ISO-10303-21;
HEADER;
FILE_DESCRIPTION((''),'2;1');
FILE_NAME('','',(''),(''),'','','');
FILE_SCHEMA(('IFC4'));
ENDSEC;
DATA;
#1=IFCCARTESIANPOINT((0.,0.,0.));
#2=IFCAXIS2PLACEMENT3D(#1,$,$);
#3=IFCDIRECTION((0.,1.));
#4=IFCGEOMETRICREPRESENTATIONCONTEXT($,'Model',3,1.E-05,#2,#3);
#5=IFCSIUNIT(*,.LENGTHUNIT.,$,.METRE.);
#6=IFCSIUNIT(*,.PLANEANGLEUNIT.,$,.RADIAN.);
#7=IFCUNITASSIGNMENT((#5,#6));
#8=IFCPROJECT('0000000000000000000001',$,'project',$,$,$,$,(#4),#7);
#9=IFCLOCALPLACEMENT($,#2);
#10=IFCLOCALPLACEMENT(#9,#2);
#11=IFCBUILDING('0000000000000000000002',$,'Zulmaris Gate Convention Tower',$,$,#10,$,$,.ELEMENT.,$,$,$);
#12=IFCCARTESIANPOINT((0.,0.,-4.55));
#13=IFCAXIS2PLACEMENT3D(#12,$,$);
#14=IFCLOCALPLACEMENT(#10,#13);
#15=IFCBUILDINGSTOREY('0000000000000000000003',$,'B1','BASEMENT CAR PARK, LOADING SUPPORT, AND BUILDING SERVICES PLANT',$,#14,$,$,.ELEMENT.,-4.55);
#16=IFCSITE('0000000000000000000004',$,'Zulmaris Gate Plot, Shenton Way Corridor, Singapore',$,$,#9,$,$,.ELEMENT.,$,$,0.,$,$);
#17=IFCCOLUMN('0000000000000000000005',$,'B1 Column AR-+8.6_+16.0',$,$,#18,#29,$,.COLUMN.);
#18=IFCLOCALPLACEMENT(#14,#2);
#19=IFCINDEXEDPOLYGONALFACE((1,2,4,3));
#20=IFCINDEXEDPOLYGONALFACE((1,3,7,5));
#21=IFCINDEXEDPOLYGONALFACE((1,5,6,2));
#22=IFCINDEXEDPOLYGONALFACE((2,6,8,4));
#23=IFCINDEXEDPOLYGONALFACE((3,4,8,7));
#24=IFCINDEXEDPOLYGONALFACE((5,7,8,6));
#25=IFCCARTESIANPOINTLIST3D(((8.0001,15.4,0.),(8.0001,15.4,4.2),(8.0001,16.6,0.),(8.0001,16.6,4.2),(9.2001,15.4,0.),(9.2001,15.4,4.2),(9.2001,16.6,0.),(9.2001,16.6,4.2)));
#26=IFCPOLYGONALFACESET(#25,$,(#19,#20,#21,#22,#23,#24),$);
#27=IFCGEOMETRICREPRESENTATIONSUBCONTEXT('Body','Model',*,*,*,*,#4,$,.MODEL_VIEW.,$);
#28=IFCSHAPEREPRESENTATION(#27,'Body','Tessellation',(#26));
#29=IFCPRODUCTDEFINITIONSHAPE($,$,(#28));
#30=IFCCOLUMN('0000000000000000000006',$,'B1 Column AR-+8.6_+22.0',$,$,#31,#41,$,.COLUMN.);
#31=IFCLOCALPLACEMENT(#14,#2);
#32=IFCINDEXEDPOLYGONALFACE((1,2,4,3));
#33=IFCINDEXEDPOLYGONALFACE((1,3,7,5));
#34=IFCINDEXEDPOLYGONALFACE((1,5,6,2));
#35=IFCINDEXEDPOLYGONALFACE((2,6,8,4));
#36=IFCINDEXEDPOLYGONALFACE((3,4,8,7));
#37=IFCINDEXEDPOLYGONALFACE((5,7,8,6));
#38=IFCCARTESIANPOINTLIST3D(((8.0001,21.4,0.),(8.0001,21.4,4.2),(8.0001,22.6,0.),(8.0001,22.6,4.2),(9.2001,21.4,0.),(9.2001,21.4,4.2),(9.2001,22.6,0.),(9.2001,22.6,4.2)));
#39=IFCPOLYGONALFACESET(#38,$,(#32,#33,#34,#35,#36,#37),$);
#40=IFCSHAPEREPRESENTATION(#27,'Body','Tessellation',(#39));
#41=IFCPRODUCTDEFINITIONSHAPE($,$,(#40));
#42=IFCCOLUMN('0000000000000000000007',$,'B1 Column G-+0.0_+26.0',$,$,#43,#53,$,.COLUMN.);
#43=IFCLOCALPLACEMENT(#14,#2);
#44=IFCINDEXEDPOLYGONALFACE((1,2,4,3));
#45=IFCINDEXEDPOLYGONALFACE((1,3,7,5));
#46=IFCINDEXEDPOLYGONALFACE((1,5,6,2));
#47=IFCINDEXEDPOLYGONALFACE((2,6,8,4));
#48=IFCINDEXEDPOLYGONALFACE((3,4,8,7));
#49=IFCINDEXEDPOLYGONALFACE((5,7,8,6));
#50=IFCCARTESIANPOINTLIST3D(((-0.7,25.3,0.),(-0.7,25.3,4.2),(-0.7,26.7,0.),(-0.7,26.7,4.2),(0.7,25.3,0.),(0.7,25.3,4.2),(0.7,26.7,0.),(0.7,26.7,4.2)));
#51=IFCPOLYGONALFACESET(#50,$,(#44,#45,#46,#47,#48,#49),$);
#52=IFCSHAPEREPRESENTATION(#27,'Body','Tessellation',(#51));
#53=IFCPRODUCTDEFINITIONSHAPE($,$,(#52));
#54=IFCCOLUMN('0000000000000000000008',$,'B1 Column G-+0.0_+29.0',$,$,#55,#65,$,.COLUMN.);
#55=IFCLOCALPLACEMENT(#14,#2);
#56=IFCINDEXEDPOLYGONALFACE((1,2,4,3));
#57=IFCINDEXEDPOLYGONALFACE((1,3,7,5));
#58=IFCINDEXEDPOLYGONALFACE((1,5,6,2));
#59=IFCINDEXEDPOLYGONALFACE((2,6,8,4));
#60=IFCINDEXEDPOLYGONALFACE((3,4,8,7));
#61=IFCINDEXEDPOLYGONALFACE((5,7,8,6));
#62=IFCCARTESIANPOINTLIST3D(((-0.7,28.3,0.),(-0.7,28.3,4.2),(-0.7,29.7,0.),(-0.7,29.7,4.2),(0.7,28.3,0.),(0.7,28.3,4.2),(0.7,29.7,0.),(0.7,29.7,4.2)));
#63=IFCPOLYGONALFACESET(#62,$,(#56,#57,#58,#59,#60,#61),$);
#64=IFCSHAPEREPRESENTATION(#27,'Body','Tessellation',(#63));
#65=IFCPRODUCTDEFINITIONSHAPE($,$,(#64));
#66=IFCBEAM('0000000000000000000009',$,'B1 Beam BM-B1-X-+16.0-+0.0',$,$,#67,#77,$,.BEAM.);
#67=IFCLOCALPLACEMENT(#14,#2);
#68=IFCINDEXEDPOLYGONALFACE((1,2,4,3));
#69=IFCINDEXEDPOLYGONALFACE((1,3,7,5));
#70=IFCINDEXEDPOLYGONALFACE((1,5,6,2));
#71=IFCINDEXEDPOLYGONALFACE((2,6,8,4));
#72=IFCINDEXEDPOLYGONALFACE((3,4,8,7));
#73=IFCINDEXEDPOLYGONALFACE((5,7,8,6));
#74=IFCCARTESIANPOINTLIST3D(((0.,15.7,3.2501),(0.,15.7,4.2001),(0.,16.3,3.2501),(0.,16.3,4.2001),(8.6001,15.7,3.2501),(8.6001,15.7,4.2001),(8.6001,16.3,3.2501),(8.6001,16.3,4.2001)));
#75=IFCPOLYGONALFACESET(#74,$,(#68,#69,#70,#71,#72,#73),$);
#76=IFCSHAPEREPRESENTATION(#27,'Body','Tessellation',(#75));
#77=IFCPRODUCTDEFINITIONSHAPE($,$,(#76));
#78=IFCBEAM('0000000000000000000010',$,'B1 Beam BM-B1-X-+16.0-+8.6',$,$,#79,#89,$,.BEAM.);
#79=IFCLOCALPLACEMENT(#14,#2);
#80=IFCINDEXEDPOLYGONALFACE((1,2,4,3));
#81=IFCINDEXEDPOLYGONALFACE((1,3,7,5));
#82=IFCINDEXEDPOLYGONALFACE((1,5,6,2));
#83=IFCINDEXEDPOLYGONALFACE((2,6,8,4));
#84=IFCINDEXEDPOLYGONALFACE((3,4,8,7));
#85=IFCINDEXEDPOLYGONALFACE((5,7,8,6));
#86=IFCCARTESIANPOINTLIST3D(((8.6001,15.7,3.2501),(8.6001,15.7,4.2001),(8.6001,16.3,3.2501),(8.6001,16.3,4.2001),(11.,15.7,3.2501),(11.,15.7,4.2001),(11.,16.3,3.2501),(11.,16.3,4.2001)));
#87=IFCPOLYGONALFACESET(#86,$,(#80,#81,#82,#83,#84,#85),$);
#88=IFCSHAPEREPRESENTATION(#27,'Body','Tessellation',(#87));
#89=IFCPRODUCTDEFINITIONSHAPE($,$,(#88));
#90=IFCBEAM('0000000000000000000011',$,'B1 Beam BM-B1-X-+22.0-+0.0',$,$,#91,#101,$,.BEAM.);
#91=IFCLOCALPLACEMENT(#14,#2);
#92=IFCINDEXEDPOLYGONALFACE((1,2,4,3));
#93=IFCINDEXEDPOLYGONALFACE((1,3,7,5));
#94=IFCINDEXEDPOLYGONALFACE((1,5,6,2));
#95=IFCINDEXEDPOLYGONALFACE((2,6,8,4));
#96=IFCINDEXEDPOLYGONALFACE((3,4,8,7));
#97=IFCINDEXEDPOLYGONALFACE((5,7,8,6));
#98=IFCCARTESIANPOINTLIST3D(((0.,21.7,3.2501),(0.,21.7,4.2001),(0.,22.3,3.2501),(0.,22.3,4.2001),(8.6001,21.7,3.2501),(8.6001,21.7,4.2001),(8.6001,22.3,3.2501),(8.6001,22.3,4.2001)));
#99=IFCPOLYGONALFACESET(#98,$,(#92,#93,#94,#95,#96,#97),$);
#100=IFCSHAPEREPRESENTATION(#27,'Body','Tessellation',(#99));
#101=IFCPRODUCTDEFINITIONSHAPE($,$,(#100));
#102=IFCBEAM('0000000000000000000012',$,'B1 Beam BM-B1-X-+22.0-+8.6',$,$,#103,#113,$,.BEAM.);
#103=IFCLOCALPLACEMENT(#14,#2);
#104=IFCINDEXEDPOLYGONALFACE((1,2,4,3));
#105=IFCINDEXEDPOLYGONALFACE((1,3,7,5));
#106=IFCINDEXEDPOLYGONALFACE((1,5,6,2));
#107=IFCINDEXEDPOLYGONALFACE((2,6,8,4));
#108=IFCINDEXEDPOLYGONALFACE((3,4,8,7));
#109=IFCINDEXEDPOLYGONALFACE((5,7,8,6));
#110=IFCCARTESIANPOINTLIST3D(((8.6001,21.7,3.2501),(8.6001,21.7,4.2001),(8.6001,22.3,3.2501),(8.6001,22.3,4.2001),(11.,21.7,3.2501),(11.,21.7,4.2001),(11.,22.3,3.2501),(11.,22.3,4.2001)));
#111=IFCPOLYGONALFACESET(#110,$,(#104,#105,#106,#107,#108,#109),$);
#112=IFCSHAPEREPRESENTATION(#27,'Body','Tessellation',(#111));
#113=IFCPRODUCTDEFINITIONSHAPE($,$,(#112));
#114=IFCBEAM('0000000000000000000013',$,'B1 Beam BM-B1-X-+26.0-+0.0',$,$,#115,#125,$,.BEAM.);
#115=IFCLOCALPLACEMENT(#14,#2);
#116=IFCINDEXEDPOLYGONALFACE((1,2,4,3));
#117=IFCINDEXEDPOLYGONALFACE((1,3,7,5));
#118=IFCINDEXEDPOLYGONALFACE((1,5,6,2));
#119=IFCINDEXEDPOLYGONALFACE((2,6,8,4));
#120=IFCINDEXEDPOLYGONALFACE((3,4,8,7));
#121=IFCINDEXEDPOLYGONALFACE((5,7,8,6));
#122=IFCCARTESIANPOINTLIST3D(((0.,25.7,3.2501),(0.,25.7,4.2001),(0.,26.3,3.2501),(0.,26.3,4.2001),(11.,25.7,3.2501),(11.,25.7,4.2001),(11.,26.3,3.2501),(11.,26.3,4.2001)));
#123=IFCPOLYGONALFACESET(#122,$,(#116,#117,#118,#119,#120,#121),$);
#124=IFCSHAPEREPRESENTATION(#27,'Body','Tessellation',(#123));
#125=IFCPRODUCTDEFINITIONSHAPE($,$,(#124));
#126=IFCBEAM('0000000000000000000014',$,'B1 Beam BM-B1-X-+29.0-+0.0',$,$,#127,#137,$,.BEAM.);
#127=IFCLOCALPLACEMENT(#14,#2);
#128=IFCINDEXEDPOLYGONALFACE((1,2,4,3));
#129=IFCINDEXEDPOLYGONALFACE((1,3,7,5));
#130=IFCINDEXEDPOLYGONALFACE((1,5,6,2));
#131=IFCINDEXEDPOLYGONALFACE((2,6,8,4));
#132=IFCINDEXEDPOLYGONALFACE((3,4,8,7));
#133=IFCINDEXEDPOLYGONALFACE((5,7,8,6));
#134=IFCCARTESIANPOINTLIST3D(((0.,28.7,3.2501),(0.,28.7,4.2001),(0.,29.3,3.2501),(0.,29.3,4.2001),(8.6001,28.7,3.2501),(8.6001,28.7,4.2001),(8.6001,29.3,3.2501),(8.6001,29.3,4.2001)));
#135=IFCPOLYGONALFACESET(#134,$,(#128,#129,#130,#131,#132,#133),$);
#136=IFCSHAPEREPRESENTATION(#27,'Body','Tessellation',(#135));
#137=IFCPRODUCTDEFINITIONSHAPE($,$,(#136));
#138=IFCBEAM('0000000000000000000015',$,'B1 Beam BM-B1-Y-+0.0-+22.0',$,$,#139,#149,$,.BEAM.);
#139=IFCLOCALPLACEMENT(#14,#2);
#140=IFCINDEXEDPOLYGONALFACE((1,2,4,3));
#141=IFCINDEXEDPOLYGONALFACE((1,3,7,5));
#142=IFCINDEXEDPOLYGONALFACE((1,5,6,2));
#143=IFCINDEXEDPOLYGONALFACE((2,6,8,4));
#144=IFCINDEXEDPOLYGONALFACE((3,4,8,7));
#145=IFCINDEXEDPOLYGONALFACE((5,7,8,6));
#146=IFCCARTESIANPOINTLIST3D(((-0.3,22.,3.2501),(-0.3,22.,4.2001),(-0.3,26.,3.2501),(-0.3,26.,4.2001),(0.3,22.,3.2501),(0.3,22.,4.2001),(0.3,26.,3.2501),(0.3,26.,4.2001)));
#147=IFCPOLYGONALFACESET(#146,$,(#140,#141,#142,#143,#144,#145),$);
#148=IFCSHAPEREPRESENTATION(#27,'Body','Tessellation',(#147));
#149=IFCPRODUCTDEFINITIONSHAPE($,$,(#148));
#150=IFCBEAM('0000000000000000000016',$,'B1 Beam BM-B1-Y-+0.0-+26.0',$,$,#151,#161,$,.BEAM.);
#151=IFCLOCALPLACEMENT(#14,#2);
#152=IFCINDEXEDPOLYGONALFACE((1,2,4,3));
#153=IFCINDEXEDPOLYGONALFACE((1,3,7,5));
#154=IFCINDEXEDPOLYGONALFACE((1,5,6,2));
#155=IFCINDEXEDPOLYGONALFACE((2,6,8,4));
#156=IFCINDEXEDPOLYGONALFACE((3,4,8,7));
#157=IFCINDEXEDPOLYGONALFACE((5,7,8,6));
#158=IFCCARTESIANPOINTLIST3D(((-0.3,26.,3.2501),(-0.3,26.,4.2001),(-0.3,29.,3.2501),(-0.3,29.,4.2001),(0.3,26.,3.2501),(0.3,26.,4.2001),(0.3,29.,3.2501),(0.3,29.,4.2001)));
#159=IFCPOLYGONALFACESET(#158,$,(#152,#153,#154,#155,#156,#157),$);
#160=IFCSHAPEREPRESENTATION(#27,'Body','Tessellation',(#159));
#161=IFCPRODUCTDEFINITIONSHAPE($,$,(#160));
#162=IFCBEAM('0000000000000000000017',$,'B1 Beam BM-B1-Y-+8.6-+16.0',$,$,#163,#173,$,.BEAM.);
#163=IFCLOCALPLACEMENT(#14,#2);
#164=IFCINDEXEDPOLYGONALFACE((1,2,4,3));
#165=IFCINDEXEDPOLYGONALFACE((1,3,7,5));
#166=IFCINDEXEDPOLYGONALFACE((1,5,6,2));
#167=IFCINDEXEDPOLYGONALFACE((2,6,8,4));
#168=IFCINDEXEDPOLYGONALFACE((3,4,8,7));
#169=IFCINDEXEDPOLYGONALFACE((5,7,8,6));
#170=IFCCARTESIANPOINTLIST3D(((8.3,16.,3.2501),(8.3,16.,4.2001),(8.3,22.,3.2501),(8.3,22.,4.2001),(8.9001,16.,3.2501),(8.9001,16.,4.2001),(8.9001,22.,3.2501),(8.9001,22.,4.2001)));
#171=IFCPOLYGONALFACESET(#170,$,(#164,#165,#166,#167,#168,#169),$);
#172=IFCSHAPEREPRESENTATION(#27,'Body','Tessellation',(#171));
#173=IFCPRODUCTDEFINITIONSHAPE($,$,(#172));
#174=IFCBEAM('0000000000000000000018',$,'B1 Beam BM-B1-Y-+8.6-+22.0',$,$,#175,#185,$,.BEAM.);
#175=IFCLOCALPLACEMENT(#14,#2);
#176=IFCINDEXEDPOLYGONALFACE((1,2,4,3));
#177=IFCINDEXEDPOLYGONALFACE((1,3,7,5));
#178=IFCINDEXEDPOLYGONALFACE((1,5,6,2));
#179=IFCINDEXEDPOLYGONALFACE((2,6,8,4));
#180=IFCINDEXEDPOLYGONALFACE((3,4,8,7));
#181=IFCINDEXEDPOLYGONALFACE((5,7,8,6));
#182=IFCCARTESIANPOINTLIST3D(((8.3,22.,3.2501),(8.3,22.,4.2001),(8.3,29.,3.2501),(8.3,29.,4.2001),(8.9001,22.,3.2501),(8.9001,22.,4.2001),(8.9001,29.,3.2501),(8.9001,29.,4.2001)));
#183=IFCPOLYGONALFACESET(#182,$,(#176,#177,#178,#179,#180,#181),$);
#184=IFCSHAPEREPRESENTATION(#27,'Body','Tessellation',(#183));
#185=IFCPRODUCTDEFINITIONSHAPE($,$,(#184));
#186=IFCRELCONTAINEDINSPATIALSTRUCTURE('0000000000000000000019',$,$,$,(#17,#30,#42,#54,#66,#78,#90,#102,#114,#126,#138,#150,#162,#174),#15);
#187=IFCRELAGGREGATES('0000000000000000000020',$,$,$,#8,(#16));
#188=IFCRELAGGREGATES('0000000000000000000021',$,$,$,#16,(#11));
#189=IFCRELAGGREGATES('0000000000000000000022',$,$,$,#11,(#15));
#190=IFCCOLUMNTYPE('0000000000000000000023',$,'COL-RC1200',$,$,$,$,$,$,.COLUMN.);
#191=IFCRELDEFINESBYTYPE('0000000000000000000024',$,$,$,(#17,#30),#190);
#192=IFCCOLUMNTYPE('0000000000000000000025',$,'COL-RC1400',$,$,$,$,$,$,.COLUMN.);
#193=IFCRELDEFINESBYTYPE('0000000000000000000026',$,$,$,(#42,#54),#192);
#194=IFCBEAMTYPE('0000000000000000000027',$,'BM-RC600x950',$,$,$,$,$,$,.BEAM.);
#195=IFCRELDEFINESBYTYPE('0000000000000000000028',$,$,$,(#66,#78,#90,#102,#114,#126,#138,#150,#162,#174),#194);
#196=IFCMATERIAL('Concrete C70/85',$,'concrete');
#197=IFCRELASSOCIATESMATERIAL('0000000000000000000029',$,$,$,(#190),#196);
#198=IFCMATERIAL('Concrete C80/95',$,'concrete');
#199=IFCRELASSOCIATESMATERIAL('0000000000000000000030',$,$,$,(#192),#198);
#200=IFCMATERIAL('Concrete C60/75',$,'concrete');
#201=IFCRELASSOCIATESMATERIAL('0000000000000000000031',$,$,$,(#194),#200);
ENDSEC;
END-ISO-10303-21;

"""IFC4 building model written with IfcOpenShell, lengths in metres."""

from ifc_helpers import new_model, si_unit, direction, frame, origin, origin_2d, place, context, subcontext, project, spatial, rectangle, extrude, material, material_profile, profile_set, type_object, element, save


model = new_model("IFC4")

# Units and contexts
model_context = context("Model", 3, precision=1e-05, world=origin(), true_north=direction((0.0, 1.0)))
body_context = subcontext(model_context, "Body", "Model", "MODEL_VIEW")
ifc_project = project(units=[si_unit("LENGTHUNIT", "METRE"), si_unit("PLANEANGLEUNIT", "RADIAN")], contexts=[model_context])

# Site, building, storey
site_placement = place(None, origin())
site = spatial("IfcSite", under=ifc_project, at=site_placement, Name="Zulmaris Gate Plot, Shenton Way Corridor, Singapore", CompositionType="ELEMENT", RefElevation=0.0)
building_placement = place(site_placement, origin())
building = spatial("IfcBuilding", under=site, at=building_placement, Name="Zulmaris Gate Convention Tower", CompositionType="ELEMENT")
storey_placement = place(building_placement, frame((0.0, 0.0, -4.55)))
storey = spatial("IfcBuildingStorey", under=building, at=storey_placement, Name="B1", Description="BASEMENT CAR PARK, LOADING SUPPORT, AND BUILDING SERVICES PLANT", CompositionType="ELEMENT", Elevation=-4.55)

# Columns
ifc_material_1 = material(Name="Concrete C70/85", Category="concrete")
ifc_material_profile_1 = material_profile(ifc_material_1, rectangle(XDim=1.2, YDim=1.2, at=origin_2d()), Name="RC COL 1200x1200")
ifc_profile_set_1 = profile_set([ifc_material_profile_1], Name="Concrete C70/85")
column_type_1 = type_object("IfcColumnType", Name="COL-RC1200", PredefinedType="COLUMN", material=ifc_profile_set_1)
for number, where, z_axis, x_axis, name in (
    (1, (8.6001, 16.0, 0.0), (0.0, 0.0, 1.0), (1.0, 0.0, 0.0), "B1 Column AR-+8.6_+16.0"),
    (2, (8.6001, 22.0, 0.0), (0.0, 0.0, 1.0), (1.0, 0.0, 0.0), "B1 Column AR-+8.6_+22.0"),
):
    element("IfcColumn", number, at=place(storey_placement, frame(where, z_axis=z_axis, x_axis=x_axis)), inside=storey, type_object=column_type_1, Name=name, PredefinedType="COLUMN", context=body_context, shape_type="SweptSolid", body=[
        extrude(rectangle(XDim=1.2, YDim=1.2, at=origin_2d()), origin(), (0.0, 0.0, 1.0), 4.2),
    ])
ifc_material_2 = material(Name="Concrete C80/95", Category="concrete")
ifc_material_profile_2 = material_profile(ifc_material_2, rectangle(XDim=1.3999, YDim=1.3999, at=origin_2d()), Name="RC COL 1400x1400")
ifc_profile_set_2 = profile_set([ifc_material_profile_2], Name="Concrete C80/95")
column_type_2 = type_object("IfcColumnType", Name="COL-RC1400", PredefinedType="COLUMN", material=ifc_profile_set_2)
for number, where, z_axis, x_axis, name in (
    (3, (0.0, 26.0, 0.0), (0.0, 0.0, 1.0), (1.0, 0.0, 0.0), "B1 Column G-+0.0_+26.0"),
    (4, (0.0, 29.0, 0.0), (0.0, 0.0, 1.0), (1.0, 0.0, 0.0), "B1 Column G-+0.0_+29.0"),
):
    element("IfcColumn", number, at=place(storey_placement, frame(where, z_axis=z_axis, x_axis=x_axis)), inside=storey, type_object=column_type_2, Name=name, PredefinedType="COLUMN", context=body_context, shape_type="SweptSolid", body=[
        extrude(rectangle(XDim=1.3999, YDim=1.3999, at=origin_2d()), origin(), (0.0, 0.0, 1.0), 4.2),
    ])

# Beams
ifc_material_3 = material(Name="Concrete C60/75", Category="concrete")
ifc_material_profile_3 = material_profile(ifc_material_3, rectangle(XDim=0.6001, YDim=0.95, at=origin_2d()), Name="RC BEAM 600x950")
ifc_profile_set_3 = profile_set([ifc_material_profile_3], Name="Concrete C60/75")
beam_type_1 = type_object("IfcBeamType", Name="BM-RC600x950", PredefinedType="BEAM", material=ifc_profile_set_3)
beam_1_placement = place(storey_placement, frame((0.0, 16.0, 3.7251), z_axis=(1.0, 0.0, 0.0), x_axis=(0.0, 1.0, 0.0)))
element("IfcBeam", 5, at=beam_1_placement, inside=storey, type_object=beam_type_1, Name="B1 Beam BM-B1-X-+16.0-+0.0", PredefinedType="BEAM", context=body_context, shape_type="SweptSolid", body=[
    extrude(rectangle(XDim=0.6001, YDim=0.95, at=origin_2d()), origin(), (0.0, 0.0, 1.0), 8.6001),
])
beam_2_placement = place(storey_placement, frame((8.6001, 16.0, 3.7251), z_axis=(1.0, 0.0, 0.0), x_axis=(0.0, 1.0, 0.0)))
element("IfcBeam", 6, at=beam_2_placement, inside=storey, type_object=beam_type_1, Name="B1 Beam BM-B1-X-+16.0-+8.6", PredefinedType="BEAM", context=body_context, shape_type="SweptSolid", body=[
    extrude(rectangle(XDim=0.6001, YDim=0.95, at=origin_2d()), origin(), (0.0, 0.0, 1.0), 2.3999),
])
beam_3_placement = place(storey_placement, frame((0.0, 22.0, 3.7251), z_axis=(1.0, 0.0, 0.0), x_axis=(0.0, 1.0, 0.0)))
element("IfcBeam", 7, at=beam_3_placement, inside=storey, type_object=beam_type_1, Name="B1 Beam BM-B1-X-+22.0-+0.0", PredefinedType="BEAM", context=body_context, shape_type="SweptSolid", body=[
    extrude(rectangle(XDim=0.6001, YDim=0.95, at=origin_2d()), origin(), (0.0, 0.0, 1.0), 8.6001),
])
beam_4_placement = place(storey_placement, frame((8.6001, 22.0, 3.7251), z_axis=(1.0, 0.0, 0.0), x_axis=(0.0, 1.0, 0.0)))
element("IfcBeam", 8, at=beam_4_placement, inside=storey, type_object=beam_type_1, Name="B1 Beam BM-B1-X-+22.0-+8.6", PredefinedType="BEAM", context=body_context, shape_type="SweptSolid", body=[
    extrude(rectangle(XDim=0.6001, YDim=0.95, at=origin_2d()), origin(), (0.0, 0.0, 1.0), 2.3999),
])
beam_5_placement = place(storey_placement, frame((0.0, 26.0, 3.7251), z_axis=(1.0, 0.0, 0.0), x_axis=(0.0, 1.0, 0.0)))
element("IfcBeam", 9, at=beam_5_placement, inside=storey, type_object=beam_type_1, Name="B1 Beam BM-B1-X-+26.0-+0.0", PredefinedType="BEAM", context=body_context, shape_type="SweptSolid", body=[
    extrude(rectangle(XDim=0.6001, YDim=0.95, at=origin_2d()), origin(), (0.0, 0.0, 1.0), 11.0),
])
beam_6_placement = place(storey_placement, frame((0.0, 29.0, 3.7251), z_axis=(1.0, 0.0, 0.0), x_axis=(0.0, 1.0, 0.0)))
element("IfcBeam", 10, at=beam_6_placement, inside=storey, type_object=beam_type_1, Name="B1 Beam BM-B1-X-+29.0-+0.0", PredefinedType="BEAM", context=body_context, shape_type="SweptSolid", body=[
    extrude(rectangle(XDim=0.6001, YDim=0.95, at=origin_2d()), origin(), (0.0, 0.0, 1.0), 8.6001),
])
beam_7_placement = place(storey_placement, frame((0.0, 22.0, 3.7251), z_axis=(0.0, 1.0, 0.0), x_axis=(-1.0, 0.0, 0.0)))
element("IfcBeam", 11, at=beam_7_placement, inside=storey, type_object=beam_type_1, Name="B1 Beam BM-B1-Y-+0.0-+22.0", PredefinedType="BEAM", context=body_context, shape_type="SweptSolid", body=[
    extrude(rectangle(XDim=0.6001, YDim=0.95, at=origin_2d()), origin(), (0.0, 0.0, 1.0), 4.0),
])
beam_8_placement = place(storey_placement, frame((0.0, 26.0, 3.7251), z_axis=(0.0, 1.0, 0.0), x_axis=(-1.0, 0.0, 0.0)))
element("IfcBeam", 12, at=beam_8_placement, inside=storey, type_object=beam_type_1, Name="B1 Beam BM-B1-Y-+0.0-+26.0", PredefinedType="BEAM", context=body_context, shape_type="SweptSolid", body=[
    extrude(rectangle(XDim=0.6001, YDim=0.95, at=origin_2d()), origin(), (0.0, 0.0, 1.0), 3.0),
])
beam_9_placement = place(storey_placement, frame((8.6001, 16.0, 3.7251), z_axis=(0.0, 1.0, 0.0), x_axis=(-1.0, 0.0, 0.0)))
element("IfcBeam", 13, at=beam_9_placement, inside=storey, type_object=beam_type_1, Name="B1 Beam BM-B1-Y-+8.6-+16.0", PredefinedType="BEAM", context=body_context, shape_type="SweptSolid", body=[
    extrude(rectangle(XDim=0.6001, YDim=0.95, at=origin_2d()), origin(), (0.0, 0.0, 1.0), 6.0),
])
beam_10_placement = place(storey_placement, frame((8.6001, 22.0, 3.7251), z_axis=(0.0, 1.0, 0.0), x_axis=(-1.0, 0.0, 0.0)))
element("IfcBeam", 14, at=beam_10_placement, inside=storey, type_object=beam_type_1, Name="B1 Beam BM-B1-Y-+8.6-+22.0", PredefinedType="BEAM", context=body_context, shape_type="SweptSolid", body=[
    extrude(rectangle(XDim=0.6001, YDim=0.95, at=origin_2d()), origin(), (0.0, 0.0, 1.0), 7.0),
])

save(model, "model.ifc")
